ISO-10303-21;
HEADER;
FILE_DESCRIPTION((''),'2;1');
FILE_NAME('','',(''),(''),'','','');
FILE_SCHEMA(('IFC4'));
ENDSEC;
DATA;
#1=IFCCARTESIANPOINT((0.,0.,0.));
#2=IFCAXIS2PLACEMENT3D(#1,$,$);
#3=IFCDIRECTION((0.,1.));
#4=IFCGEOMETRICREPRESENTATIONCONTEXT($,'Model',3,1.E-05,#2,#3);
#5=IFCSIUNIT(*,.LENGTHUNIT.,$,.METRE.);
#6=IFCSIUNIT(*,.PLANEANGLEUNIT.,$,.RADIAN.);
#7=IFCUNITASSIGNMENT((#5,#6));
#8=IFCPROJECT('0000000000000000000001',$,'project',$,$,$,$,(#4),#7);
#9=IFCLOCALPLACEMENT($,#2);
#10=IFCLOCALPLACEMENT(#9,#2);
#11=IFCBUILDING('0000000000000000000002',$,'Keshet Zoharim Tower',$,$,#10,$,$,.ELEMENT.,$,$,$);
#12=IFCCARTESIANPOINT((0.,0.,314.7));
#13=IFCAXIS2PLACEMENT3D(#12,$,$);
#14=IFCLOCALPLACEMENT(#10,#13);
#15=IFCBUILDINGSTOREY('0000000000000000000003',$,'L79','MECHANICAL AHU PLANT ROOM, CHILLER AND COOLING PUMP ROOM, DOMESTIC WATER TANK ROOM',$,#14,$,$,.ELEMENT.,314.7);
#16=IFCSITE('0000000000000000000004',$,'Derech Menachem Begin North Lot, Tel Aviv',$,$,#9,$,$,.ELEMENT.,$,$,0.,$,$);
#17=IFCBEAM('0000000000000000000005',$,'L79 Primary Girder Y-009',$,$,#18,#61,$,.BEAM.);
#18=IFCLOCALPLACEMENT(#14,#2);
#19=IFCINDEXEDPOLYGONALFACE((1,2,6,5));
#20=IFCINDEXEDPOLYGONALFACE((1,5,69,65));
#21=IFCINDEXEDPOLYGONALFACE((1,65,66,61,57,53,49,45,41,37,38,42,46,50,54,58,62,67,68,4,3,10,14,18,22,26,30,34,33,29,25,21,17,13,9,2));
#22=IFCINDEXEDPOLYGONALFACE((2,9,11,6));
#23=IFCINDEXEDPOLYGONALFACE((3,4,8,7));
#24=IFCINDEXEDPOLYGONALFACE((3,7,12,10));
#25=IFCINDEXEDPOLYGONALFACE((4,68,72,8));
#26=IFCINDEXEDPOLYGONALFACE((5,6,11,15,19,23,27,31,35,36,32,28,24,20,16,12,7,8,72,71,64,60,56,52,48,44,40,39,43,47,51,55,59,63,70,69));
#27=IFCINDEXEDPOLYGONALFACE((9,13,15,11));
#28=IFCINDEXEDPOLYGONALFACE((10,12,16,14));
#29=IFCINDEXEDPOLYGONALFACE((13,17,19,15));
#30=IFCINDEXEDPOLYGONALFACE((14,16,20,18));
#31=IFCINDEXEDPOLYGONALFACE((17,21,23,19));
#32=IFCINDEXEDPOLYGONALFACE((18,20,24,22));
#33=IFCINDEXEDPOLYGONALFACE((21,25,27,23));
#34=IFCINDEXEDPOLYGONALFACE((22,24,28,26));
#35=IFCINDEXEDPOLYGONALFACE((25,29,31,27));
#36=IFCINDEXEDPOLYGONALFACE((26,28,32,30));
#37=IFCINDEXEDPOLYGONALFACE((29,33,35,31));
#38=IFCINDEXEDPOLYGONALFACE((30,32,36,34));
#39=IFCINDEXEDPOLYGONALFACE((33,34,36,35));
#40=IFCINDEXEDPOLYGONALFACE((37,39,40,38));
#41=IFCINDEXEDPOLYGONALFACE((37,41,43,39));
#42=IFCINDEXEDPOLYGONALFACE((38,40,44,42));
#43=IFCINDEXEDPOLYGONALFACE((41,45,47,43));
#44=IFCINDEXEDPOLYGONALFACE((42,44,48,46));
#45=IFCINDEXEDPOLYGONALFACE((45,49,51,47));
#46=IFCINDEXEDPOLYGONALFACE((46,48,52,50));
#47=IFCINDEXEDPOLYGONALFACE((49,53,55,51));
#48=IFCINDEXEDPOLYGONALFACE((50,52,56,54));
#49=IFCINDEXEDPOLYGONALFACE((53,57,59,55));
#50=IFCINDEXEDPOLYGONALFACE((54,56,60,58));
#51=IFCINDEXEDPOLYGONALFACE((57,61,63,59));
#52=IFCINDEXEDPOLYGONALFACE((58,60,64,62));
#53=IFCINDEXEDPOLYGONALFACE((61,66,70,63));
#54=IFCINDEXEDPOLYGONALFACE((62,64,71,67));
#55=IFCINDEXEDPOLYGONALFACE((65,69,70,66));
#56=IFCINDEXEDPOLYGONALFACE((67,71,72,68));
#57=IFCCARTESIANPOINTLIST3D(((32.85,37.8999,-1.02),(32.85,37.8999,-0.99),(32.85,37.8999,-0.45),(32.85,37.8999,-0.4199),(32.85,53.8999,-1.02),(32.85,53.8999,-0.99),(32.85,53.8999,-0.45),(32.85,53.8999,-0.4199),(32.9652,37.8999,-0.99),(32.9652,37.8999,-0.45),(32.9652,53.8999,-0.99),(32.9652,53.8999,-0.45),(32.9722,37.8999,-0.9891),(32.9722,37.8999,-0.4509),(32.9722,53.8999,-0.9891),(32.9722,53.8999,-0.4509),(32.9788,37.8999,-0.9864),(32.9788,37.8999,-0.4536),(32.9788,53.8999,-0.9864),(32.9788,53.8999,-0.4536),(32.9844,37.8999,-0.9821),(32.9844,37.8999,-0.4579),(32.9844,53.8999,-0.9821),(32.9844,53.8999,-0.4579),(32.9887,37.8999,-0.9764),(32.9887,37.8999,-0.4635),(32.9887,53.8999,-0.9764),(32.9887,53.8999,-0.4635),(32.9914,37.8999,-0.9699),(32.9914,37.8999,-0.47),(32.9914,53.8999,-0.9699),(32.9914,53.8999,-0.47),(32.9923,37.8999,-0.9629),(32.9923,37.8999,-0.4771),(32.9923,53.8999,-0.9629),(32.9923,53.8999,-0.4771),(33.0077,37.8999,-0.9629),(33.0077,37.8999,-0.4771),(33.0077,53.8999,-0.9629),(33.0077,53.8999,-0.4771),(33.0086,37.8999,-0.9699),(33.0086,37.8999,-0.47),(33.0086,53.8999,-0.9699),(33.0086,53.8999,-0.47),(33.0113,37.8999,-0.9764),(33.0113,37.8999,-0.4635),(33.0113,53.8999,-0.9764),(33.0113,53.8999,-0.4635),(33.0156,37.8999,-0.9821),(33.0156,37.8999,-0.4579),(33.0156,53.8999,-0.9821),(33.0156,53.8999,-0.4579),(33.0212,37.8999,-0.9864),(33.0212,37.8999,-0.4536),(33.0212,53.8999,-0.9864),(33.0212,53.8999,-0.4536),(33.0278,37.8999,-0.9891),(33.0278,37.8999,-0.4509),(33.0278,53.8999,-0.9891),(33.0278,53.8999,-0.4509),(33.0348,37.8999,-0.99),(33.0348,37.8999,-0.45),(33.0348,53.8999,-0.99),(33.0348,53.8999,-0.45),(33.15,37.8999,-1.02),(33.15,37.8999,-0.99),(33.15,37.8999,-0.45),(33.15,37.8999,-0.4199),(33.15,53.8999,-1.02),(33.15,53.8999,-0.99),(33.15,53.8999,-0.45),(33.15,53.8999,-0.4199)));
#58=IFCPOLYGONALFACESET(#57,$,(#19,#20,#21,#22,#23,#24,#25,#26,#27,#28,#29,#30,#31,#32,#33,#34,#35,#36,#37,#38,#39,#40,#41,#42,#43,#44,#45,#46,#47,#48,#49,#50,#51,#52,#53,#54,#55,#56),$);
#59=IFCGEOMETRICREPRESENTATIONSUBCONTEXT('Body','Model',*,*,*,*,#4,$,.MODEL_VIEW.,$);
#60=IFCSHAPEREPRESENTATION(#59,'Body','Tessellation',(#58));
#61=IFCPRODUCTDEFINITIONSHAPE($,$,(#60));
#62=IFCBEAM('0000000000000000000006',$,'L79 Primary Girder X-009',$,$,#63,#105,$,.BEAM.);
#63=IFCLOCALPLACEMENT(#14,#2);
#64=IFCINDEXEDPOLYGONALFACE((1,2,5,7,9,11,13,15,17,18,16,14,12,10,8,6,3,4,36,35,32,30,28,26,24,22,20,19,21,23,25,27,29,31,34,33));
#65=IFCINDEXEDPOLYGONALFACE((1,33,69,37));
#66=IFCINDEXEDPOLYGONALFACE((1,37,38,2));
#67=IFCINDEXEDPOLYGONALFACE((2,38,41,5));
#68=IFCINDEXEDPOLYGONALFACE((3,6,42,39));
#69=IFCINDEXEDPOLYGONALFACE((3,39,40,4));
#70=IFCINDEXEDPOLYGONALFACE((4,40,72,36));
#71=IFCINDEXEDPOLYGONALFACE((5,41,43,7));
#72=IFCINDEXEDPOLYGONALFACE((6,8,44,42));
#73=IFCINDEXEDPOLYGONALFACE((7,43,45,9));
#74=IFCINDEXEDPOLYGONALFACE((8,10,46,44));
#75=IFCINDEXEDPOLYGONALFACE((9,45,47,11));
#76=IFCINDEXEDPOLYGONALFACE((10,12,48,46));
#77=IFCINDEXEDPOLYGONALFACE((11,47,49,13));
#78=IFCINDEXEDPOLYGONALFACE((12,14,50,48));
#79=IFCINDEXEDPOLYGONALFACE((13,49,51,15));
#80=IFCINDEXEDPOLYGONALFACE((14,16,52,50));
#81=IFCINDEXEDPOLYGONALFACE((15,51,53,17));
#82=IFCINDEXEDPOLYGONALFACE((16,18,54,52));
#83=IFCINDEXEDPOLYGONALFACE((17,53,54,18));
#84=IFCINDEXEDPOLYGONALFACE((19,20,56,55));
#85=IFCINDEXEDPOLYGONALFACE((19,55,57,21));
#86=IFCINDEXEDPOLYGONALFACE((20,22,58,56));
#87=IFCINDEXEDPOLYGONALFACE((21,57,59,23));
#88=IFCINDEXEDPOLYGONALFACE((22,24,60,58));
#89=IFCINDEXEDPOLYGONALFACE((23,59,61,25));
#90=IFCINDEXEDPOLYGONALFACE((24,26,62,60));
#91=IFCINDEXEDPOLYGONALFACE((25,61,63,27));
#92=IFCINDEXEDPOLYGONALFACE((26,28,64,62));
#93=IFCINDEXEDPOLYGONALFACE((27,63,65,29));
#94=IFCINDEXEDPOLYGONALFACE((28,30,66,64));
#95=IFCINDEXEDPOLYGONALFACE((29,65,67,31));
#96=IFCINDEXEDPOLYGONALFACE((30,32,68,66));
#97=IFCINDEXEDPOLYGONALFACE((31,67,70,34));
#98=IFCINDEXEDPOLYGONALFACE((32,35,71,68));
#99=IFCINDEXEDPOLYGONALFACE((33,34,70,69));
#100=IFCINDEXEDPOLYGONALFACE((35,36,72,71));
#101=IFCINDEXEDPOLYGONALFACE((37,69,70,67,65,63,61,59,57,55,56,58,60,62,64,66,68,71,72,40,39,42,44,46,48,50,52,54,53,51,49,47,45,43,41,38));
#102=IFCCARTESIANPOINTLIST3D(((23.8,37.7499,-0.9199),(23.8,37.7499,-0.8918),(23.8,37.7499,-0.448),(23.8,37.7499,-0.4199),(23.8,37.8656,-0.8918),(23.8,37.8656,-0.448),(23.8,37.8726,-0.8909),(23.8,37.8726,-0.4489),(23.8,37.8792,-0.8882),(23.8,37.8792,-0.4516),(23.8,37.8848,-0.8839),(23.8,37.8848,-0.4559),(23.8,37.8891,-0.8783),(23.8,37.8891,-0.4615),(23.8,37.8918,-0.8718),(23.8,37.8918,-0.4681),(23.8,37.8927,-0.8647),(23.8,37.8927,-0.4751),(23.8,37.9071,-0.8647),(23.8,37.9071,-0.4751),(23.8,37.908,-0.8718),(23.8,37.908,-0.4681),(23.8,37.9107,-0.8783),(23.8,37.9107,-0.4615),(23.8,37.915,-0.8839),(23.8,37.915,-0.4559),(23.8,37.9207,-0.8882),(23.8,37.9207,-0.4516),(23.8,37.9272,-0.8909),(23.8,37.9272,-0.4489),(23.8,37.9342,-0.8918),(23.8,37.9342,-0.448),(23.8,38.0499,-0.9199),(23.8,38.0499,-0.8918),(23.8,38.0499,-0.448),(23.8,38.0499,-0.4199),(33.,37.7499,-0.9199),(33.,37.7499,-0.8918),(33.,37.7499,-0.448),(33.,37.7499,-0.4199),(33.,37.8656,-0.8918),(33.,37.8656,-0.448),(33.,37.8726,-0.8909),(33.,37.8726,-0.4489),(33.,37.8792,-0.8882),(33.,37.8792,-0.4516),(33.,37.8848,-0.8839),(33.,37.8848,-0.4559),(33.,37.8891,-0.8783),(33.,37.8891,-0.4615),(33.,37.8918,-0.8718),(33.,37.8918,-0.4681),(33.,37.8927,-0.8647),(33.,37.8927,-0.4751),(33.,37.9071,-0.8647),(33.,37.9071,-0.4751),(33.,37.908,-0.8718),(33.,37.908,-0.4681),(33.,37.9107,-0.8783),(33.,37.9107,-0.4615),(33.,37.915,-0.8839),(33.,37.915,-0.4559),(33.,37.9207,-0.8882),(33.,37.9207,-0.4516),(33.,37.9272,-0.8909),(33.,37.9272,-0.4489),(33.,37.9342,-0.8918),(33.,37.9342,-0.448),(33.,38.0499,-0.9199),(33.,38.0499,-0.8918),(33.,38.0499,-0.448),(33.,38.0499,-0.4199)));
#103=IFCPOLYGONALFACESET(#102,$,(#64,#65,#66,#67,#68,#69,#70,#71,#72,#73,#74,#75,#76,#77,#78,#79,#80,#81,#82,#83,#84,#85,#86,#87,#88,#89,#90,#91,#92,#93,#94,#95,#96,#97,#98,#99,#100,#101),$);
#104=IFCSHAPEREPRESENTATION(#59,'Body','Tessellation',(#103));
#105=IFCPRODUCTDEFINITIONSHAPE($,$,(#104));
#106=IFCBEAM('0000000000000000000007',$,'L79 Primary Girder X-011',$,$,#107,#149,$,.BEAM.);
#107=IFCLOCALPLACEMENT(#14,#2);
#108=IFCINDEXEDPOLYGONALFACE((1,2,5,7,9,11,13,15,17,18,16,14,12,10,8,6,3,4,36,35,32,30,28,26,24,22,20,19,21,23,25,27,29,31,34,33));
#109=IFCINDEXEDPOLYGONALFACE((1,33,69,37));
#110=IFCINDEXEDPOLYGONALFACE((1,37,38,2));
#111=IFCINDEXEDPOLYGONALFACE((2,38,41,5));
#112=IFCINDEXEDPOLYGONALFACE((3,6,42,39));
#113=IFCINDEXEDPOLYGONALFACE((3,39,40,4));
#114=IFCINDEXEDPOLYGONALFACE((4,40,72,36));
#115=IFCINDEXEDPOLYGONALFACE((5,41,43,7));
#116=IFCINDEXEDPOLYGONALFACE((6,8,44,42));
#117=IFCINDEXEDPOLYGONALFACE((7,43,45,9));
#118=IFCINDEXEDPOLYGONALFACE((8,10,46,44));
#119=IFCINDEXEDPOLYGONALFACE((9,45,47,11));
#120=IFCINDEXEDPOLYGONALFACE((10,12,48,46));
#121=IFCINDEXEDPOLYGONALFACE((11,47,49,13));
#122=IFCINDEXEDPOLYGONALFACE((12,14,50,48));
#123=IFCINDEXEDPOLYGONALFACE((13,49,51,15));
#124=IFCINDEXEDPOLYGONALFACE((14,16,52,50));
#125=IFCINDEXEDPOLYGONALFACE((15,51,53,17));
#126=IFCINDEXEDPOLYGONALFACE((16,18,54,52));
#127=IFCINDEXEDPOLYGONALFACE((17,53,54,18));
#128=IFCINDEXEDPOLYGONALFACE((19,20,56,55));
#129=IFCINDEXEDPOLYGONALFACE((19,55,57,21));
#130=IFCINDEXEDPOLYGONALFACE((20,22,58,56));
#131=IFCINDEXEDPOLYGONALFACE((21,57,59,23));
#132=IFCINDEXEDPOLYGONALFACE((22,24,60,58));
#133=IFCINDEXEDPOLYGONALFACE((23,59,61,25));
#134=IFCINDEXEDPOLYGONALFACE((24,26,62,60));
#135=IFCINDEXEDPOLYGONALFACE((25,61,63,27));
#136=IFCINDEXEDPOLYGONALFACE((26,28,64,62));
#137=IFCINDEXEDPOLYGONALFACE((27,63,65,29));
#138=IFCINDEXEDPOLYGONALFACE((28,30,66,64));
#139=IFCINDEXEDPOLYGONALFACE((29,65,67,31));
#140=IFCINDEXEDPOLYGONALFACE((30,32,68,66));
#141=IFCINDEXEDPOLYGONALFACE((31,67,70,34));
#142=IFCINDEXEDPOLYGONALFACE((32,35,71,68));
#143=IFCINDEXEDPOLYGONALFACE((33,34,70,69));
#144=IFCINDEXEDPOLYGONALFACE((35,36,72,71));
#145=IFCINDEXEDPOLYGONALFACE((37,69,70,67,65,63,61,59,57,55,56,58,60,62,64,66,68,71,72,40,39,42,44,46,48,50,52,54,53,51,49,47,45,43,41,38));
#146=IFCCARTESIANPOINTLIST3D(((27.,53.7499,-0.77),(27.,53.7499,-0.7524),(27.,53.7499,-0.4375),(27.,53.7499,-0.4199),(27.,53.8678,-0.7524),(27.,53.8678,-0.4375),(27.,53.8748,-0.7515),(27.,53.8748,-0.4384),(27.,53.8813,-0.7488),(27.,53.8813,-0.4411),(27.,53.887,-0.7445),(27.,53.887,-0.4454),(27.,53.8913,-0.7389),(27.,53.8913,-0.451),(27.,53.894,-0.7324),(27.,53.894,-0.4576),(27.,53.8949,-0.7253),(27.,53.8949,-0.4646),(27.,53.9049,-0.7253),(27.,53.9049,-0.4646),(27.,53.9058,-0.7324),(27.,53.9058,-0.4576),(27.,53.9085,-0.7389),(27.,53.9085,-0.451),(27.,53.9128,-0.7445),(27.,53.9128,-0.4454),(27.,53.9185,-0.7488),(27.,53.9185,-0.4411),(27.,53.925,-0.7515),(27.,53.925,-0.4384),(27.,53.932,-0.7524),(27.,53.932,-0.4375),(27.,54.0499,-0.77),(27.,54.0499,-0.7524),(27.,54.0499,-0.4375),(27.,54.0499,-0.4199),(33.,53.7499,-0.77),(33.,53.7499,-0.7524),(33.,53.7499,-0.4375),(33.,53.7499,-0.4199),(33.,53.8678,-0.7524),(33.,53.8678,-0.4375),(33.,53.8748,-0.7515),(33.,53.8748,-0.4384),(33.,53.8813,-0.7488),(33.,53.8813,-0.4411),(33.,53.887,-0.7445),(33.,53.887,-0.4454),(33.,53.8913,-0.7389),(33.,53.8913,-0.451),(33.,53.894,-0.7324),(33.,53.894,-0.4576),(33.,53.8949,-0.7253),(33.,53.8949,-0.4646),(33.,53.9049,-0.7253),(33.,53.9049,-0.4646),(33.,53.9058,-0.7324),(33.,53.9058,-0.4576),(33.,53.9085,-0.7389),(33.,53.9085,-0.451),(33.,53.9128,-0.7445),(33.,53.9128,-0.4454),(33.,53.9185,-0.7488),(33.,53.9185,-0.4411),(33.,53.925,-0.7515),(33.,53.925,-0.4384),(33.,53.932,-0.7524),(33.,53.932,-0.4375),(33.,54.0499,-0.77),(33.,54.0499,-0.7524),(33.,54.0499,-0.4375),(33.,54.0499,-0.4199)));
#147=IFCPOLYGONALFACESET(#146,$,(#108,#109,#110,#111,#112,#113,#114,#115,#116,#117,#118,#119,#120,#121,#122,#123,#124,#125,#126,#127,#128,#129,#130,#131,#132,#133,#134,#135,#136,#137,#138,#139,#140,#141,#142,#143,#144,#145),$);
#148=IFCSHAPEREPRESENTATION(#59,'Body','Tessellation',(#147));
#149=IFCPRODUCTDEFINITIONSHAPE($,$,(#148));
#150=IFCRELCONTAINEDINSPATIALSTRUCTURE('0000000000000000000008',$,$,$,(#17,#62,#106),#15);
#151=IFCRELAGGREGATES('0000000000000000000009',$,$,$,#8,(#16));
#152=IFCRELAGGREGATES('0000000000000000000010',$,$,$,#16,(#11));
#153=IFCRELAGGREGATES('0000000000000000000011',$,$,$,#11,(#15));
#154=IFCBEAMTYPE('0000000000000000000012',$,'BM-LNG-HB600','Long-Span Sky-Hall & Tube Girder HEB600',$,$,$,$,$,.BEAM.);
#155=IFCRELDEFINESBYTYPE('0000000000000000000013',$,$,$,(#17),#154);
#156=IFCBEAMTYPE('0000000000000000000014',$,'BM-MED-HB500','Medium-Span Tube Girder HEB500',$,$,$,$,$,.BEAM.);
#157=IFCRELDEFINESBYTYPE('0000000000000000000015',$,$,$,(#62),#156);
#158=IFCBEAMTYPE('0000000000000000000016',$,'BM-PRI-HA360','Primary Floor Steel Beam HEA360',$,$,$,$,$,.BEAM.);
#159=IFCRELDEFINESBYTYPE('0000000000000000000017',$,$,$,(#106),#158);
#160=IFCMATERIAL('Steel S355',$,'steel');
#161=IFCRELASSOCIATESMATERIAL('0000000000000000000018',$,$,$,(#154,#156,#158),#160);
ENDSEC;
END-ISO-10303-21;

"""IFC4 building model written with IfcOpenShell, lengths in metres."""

from ifc_helpers import new_model, si_unit, direction, frame, origin, origin_2d, place, context, subcontext, project, spatial, i_section, extrude, material, material_profile, profile_set, type_object, element, save


model = new_model("IFC4")

# Units and contexts
model_context = context("Model", 3, precision=1e-05, world=origin(), true_north=direction((0.0, 1.0)))
body_context = subcontext(model_context, "Body", "Model", "MODEL_VIEW")
ifc_project = project(units=[si_unit("LENGTHUNIT", "METRE"), si_unit("PLANEANGLEUNIT", "RADIAN")], contexts=[model_context])

# Site, building, storey
site_placement = place(None, origin())
site = spatial("IfcSite", under=ifc_project, at=site_placement, Name="Derech Menachem Begin North Lot, Tel Aviv", CompositionType="ELEMENT", RefElevation=0.0)
building_placement = place(site_placement, origin())
building = spatial("IfcBuilding", under=site, at=building_placement, Name="Keshet Zoharim Tower", CompositionType="ELEMENT")
storey_placement = place(building_placement, frame((0.0, 0.0, 314.7)))
storey = spatial("IfcBuildingStorey", under=building, at=storey_placement, Name="L79", Description="MECHANICAL AHU PLANT ROOM, CHILLER AND COOLING PUMP ROOM, DOMESTIC WATER TANK ROOM", CompositionType="ELEMENT", Elevation=314.7)

# Shared definitions
ifc_material_1 = material(Name="Steel S355", Category="steel")

# Beams
ifc_material_profile_1 = material_profile(ifc_material_1, i_section(OverallWidth=0.3, OverallDepth=0.6001, WebThickness=0.0154, FlangeThickness=0.03, FilletRadius=0.0271, at=origin_2d()), Name="HEB600")
ifc_profile_set_1 = profile_set([ifc_material_profile_1], Name="Steel S355")
beam_type_1 = type_object("IfcBeamType", Name="BM-LNG-HB600", Description="Long-Span Sky-Hall & Tube Girder HEB600", PredefinedType="BEAM", material=ifc_profile_set_1)
beam_1_placement = place(storey_placement, frame((33.0, 37.8999, -0.72), z_axis=(0.0, 1.0, 0.0), x_axis=(-1.0, 0.0, 0.0)))
element("IfcBeam", 1, at=beam_1_placement, inside=storey, type_object=beam_type_1, Name="L79 Primary Girder Y-009", PredefinedType="BEAM", context=body_context, shape_type="SweptSolid", body=[
    extrude(i_section(OverallWidth=0.3, OverallDepth=0.6001, WebThickness=0.0154, FlangeThickness=0.03, FilletRadius=0.0271, at=origin_2d()), origin(), (0.0, 0.0, 1.0), 16.0),
])
ifc_material_profile_2 = material_profile(ifc_material_1, i_section(OverallWidth=0.3, OverallDepth=0.5, WebThickness=0.0144, FlangeThickness=0.0281, FilletRadius=0.0271, at=origin_2d()), Name="HEB500")
ifc_profile_set_2 = profile_set([ifc_material_profile_2], Name="Steel S355")
beam_type_2 = type_object("IfcBeamType", Name="BM-MED-HB500", Description="Medium-Span Tube Girder HEB500", PredefinedType="BEAM", material=ifc_profile_set_2)
beam_2_placement = place(storey_placement, frame((23.8, 37.8999, -0.6699), z_axis=(1.0, 0.0, 0.0), x_axis=(0.0, 1.0, 0.0)))
element("IfcBeam", 2, at=beam_2_placement, inside=storey, type_object=beam_type_2, Name="L79 Primary Girder X-009", PredefinedType="BEAM", context=body_context, shape_type="SweptSolid", body=[
    extrude(i_section(OverallWidth=0.3, OverallDepth=0.5, WebThickness=0.0144, FlangeThickness=0.0281, FilletRadius=0.0271, at=origin_2d()), origin(), (0.0, 0.0, 1.0), 9.2),
])
ifc_material_profile_3 = material_profile(ifc_material_1, i_section(OverallWidth=0.3, OverallDepth=0.3501, WebThickness=0.01, FlangeThickness=0.0176, FilletRadius=0.0271, at=origin_2d()), Name="HEA360")
ifc_profile_set_3 = profile_set([ifc_material_profile_3], Name="Steel S355")
beam_type_3 = type_object("IfcBeamType", Name="BM-PRI-HA360", Description="Primary Floor Steel Beam HEA360", PredefinedType="BEAM", material=ifc_profile_set_3)
beam_3_placement = place(storey_placement, frame((27.0, 53.8999, -0.595), z_axis=(1.0, 0.0, 0.0), x_axis=(0.0, 1.0, 0.0)))
element("IfcBeam", 3, at=beam_3_placement, inside=storey, type_object=beam_type_3, Name="L79 Primary Girder X-011", PredefinedType="BEAM", context=body_context, shape_type="SweptSolid", body=[
    extrude(i_section(OverallWidth=0.3, OverallDepth=0.3501, WebThickness=0.01, FlangeThickness=0.0176, FilletRadius=0.0271, at=origin_2d()), origin(), (0.0, 0.0, 1.0), 6.0),
])

save(model, "model.ifc")
